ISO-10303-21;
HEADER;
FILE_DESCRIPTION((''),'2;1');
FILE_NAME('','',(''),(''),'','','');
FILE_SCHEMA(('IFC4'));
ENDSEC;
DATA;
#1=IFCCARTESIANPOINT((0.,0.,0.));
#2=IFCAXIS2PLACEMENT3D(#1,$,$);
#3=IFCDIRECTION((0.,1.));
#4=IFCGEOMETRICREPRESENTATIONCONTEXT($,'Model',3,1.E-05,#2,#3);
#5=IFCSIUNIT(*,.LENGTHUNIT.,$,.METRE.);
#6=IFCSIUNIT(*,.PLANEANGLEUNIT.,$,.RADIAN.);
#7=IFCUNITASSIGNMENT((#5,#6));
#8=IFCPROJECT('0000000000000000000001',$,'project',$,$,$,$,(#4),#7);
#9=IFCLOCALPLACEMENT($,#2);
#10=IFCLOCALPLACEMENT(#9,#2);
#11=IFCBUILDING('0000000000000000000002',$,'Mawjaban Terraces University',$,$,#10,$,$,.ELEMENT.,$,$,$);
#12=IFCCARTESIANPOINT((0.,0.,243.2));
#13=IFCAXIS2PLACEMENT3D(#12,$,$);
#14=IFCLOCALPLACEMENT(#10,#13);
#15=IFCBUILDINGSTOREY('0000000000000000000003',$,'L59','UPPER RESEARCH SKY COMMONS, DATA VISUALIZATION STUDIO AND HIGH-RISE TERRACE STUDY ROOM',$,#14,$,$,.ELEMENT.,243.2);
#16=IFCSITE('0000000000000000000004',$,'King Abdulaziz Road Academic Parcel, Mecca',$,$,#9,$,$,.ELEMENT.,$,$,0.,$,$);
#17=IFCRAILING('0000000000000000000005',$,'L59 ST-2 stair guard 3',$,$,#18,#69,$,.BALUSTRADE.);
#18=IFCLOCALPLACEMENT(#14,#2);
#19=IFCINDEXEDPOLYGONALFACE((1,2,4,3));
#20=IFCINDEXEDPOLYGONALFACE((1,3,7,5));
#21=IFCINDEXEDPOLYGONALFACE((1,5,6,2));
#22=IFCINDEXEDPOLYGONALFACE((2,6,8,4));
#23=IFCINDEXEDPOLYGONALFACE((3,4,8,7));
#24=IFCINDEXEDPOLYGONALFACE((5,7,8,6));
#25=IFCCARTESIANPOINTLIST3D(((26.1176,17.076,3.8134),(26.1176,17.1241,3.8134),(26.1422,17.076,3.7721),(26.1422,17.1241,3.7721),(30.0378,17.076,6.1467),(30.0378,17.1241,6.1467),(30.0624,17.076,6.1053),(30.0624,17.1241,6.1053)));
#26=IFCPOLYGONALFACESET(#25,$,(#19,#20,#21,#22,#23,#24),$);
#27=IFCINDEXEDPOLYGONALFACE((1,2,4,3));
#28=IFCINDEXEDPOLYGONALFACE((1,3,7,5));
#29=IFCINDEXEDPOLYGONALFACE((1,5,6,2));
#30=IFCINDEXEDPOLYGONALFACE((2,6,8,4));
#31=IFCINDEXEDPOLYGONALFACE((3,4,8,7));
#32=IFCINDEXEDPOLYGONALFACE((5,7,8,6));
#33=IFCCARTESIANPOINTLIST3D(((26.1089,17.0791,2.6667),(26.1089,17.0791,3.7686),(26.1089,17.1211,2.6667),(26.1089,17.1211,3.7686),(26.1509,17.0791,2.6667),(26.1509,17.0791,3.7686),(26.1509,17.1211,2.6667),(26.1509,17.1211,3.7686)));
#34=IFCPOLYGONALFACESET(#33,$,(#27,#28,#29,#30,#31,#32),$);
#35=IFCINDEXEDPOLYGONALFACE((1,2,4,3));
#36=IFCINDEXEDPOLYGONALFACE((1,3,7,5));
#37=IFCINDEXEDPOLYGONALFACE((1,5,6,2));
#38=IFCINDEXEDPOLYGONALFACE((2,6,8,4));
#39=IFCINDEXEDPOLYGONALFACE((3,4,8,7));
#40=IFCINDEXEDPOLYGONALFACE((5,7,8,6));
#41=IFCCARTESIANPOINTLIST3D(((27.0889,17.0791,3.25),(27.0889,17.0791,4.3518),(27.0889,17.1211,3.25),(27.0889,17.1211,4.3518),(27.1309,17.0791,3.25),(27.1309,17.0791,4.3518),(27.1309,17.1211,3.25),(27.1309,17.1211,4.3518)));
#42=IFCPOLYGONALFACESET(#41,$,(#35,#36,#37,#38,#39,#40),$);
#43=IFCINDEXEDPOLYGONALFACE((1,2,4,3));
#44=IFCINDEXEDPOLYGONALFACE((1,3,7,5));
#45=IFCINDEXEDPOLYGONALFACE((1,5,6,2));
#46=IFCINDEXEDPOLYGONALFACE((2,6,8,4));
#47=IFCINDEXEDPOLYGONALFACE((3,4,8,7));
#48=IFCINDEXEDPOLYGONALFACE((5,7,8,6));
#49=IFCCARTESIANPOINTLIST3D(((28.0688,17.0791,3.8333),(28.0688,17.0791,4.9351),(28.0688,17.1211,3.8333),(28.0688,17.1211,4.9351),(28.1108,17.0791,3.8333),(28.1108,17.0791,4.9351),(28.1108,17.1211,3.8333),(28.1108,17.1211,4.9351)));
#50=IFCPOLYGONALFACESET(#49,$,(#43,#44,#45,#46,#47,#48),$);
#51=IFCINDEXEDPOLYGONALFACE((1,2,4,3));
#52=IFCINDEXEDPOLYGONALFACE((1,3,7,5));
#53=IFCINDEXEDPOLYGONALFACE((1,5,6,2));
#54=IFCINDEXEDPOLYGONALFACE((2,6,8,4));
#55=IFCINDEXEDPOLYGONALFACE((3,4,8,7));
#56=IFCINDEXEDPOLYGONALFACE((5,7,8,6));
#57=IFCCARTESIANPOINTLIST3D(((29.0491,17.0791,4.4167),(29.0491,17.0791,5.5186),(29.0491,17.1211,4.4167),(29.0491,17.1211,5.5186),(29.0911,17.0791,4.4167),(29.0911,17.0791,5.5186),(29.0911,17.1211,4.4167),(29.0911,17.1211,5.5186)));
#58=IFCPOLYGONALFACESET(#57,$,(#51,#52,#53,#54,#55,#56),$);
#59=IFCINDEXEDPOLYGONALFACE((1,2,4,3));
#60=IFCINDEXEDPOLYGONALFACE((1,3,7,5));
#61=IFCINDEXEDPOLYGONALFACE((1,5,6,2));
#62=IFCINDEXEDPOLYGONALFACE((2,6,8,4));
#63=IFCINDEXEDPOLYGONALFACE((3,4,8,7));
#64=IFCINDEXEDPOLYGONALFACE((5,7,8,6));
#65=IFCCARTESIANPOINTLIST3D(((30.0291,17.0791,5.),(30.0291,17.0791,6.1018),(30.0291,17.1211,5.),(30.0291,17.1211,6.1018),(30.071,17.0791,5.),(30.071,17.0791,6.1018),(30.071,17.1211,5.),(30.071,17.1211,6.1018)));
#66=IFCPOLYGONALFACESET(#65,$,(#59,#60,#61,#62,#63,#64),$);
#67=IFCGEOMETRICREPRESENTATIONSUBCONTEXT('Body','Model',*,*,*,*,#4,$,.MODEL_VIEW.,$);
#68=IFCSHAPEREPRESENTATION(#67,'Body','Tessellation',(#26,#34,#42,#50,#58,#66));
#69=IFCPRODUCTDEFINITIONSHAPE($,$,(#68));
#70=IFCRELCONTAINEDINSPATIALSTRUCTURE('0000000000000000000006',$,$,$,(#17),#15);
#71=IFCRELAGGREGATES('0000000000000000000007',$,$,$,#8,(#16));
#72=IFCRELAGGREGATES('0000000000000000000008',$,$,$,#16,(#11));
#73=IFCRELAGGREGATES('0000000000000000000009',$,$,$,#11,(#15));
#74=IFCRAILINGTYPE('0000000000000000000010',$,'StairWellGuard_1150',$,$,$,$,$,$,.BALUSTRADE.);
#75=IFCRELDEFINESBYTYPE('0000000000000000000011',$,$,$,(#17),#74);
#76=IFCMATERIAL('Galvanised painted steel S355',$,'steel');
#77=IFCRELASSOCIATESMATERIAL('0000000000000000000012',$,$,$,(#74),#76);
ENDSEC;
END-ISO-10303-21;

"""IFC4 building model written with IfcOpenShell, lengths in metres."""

from ifc_helpers import new_model, si_unit, direction, frame, origin, origin_2d, place, context, subcontext, project, spatial, rectangle, extrude, material, type_object, element, save


model = new_model("IFC4")

# Units and contexts
model_context = context("Model", 3, precision=1e-05, world=origin(), true_north=direction((0.0, 1.0)))
body_context = subcontext(model_context, "Body", "Model", "MODEL_VIEW")
ifc_project = project(units=[si_unit("LENGTHUNIT", "METRE"), si_unit("PLANEANGLEUNIT", "RADIAN")], contexts=[model_context])

# Site, building, storey
site_placement = place(None, origin())
site = spatial("IfcSite", under=ifc_project, at=site_placement, Name="King Abdulaziz Road Academic Parcel, Mecca", CompositionType="ELEMENT", RefElevation=0.0)
building_placement = place(site_placement, origin())
building = spatial("IfcBuilding", under=site, at=building_placement, Name="Mawjaban Terraces University", CompositionType="ELEMENT")
storey_placement = place(building_placement, frame((0.0, 0.0, 243.2)))
storey = spatial("IfcBuildingStorey", under=building, at=storey_placement, Name="L59", Description="UPPER RESEARCH SKY COMMONS, DATA VISUALIZATION STUDIO AND HIGH-RISE TERRACE STUDY ROOM", CompositionType="ELEMENT", Elevation=243.2)

# Railing
ifc_material_1 = material(Name="Galvanised painted steel S355", Category="steel")
railing_type_1 = type_object("IfcRailingType", Name="StairWellGuard_1150", PredefinedType="BALUSTRADE", material=ifc_material_1)
railing_1_placement = place(storey_placement, frame((26.1299, 17.1001, 2.6667)))
element("IfcRailing", 1, at=railing_1_placement, inside=storey, type_object=railing_type_1, Name="L59 ST-2 stair guard 3", PredefinedType="BALUSTRADE", context=body_context, shape_type="SweptSolid", body=[
    extrude(rectangle(XDim=0.0481, YDim=0.0481, at=origin_2d()), frame((0.0, 0.0, 1.126), z_axis=(0.85931, 0.0, 0.511455), x_axis=(0.0, 1.0, 0.0)), (0.0, 0.0, 1.0), 4.562),
    extrude(rectangle(XDim=0.042, YDim=0.042, at=origin_2d()), origin(), (0.0, 0.0, 1.0), 1.1018),
    extrude(rectangle(XDim=0.042, YDim=0.042, at=origin_2d()), frame((0.98, 0.0, 0.5833)), (0.0, 0.0, 1.0), 1.1018),
    extrude(rectangle(XDim=0.042, YDim=0.042, at=origin_2d()), frame((1.96, 0.0, 1.1665)), (0.0, 0.0, 1.0), 1.1018),
    extrude(rectangle(XDim=0.042, YDim=0.042, at=origin_2d()), frame((2.9402, 0.0, 1.75)), (0.0, 0.0, 1.0), 1.1018),
    extrude(rectangle(XDim=0.042, YDim=0.042, at=origin_2d()), frame((3.9202, 0.0, 2.3333)), (0.0, 0.0, 1.0), 1.1018),
])

save(model, "model.ifc")
